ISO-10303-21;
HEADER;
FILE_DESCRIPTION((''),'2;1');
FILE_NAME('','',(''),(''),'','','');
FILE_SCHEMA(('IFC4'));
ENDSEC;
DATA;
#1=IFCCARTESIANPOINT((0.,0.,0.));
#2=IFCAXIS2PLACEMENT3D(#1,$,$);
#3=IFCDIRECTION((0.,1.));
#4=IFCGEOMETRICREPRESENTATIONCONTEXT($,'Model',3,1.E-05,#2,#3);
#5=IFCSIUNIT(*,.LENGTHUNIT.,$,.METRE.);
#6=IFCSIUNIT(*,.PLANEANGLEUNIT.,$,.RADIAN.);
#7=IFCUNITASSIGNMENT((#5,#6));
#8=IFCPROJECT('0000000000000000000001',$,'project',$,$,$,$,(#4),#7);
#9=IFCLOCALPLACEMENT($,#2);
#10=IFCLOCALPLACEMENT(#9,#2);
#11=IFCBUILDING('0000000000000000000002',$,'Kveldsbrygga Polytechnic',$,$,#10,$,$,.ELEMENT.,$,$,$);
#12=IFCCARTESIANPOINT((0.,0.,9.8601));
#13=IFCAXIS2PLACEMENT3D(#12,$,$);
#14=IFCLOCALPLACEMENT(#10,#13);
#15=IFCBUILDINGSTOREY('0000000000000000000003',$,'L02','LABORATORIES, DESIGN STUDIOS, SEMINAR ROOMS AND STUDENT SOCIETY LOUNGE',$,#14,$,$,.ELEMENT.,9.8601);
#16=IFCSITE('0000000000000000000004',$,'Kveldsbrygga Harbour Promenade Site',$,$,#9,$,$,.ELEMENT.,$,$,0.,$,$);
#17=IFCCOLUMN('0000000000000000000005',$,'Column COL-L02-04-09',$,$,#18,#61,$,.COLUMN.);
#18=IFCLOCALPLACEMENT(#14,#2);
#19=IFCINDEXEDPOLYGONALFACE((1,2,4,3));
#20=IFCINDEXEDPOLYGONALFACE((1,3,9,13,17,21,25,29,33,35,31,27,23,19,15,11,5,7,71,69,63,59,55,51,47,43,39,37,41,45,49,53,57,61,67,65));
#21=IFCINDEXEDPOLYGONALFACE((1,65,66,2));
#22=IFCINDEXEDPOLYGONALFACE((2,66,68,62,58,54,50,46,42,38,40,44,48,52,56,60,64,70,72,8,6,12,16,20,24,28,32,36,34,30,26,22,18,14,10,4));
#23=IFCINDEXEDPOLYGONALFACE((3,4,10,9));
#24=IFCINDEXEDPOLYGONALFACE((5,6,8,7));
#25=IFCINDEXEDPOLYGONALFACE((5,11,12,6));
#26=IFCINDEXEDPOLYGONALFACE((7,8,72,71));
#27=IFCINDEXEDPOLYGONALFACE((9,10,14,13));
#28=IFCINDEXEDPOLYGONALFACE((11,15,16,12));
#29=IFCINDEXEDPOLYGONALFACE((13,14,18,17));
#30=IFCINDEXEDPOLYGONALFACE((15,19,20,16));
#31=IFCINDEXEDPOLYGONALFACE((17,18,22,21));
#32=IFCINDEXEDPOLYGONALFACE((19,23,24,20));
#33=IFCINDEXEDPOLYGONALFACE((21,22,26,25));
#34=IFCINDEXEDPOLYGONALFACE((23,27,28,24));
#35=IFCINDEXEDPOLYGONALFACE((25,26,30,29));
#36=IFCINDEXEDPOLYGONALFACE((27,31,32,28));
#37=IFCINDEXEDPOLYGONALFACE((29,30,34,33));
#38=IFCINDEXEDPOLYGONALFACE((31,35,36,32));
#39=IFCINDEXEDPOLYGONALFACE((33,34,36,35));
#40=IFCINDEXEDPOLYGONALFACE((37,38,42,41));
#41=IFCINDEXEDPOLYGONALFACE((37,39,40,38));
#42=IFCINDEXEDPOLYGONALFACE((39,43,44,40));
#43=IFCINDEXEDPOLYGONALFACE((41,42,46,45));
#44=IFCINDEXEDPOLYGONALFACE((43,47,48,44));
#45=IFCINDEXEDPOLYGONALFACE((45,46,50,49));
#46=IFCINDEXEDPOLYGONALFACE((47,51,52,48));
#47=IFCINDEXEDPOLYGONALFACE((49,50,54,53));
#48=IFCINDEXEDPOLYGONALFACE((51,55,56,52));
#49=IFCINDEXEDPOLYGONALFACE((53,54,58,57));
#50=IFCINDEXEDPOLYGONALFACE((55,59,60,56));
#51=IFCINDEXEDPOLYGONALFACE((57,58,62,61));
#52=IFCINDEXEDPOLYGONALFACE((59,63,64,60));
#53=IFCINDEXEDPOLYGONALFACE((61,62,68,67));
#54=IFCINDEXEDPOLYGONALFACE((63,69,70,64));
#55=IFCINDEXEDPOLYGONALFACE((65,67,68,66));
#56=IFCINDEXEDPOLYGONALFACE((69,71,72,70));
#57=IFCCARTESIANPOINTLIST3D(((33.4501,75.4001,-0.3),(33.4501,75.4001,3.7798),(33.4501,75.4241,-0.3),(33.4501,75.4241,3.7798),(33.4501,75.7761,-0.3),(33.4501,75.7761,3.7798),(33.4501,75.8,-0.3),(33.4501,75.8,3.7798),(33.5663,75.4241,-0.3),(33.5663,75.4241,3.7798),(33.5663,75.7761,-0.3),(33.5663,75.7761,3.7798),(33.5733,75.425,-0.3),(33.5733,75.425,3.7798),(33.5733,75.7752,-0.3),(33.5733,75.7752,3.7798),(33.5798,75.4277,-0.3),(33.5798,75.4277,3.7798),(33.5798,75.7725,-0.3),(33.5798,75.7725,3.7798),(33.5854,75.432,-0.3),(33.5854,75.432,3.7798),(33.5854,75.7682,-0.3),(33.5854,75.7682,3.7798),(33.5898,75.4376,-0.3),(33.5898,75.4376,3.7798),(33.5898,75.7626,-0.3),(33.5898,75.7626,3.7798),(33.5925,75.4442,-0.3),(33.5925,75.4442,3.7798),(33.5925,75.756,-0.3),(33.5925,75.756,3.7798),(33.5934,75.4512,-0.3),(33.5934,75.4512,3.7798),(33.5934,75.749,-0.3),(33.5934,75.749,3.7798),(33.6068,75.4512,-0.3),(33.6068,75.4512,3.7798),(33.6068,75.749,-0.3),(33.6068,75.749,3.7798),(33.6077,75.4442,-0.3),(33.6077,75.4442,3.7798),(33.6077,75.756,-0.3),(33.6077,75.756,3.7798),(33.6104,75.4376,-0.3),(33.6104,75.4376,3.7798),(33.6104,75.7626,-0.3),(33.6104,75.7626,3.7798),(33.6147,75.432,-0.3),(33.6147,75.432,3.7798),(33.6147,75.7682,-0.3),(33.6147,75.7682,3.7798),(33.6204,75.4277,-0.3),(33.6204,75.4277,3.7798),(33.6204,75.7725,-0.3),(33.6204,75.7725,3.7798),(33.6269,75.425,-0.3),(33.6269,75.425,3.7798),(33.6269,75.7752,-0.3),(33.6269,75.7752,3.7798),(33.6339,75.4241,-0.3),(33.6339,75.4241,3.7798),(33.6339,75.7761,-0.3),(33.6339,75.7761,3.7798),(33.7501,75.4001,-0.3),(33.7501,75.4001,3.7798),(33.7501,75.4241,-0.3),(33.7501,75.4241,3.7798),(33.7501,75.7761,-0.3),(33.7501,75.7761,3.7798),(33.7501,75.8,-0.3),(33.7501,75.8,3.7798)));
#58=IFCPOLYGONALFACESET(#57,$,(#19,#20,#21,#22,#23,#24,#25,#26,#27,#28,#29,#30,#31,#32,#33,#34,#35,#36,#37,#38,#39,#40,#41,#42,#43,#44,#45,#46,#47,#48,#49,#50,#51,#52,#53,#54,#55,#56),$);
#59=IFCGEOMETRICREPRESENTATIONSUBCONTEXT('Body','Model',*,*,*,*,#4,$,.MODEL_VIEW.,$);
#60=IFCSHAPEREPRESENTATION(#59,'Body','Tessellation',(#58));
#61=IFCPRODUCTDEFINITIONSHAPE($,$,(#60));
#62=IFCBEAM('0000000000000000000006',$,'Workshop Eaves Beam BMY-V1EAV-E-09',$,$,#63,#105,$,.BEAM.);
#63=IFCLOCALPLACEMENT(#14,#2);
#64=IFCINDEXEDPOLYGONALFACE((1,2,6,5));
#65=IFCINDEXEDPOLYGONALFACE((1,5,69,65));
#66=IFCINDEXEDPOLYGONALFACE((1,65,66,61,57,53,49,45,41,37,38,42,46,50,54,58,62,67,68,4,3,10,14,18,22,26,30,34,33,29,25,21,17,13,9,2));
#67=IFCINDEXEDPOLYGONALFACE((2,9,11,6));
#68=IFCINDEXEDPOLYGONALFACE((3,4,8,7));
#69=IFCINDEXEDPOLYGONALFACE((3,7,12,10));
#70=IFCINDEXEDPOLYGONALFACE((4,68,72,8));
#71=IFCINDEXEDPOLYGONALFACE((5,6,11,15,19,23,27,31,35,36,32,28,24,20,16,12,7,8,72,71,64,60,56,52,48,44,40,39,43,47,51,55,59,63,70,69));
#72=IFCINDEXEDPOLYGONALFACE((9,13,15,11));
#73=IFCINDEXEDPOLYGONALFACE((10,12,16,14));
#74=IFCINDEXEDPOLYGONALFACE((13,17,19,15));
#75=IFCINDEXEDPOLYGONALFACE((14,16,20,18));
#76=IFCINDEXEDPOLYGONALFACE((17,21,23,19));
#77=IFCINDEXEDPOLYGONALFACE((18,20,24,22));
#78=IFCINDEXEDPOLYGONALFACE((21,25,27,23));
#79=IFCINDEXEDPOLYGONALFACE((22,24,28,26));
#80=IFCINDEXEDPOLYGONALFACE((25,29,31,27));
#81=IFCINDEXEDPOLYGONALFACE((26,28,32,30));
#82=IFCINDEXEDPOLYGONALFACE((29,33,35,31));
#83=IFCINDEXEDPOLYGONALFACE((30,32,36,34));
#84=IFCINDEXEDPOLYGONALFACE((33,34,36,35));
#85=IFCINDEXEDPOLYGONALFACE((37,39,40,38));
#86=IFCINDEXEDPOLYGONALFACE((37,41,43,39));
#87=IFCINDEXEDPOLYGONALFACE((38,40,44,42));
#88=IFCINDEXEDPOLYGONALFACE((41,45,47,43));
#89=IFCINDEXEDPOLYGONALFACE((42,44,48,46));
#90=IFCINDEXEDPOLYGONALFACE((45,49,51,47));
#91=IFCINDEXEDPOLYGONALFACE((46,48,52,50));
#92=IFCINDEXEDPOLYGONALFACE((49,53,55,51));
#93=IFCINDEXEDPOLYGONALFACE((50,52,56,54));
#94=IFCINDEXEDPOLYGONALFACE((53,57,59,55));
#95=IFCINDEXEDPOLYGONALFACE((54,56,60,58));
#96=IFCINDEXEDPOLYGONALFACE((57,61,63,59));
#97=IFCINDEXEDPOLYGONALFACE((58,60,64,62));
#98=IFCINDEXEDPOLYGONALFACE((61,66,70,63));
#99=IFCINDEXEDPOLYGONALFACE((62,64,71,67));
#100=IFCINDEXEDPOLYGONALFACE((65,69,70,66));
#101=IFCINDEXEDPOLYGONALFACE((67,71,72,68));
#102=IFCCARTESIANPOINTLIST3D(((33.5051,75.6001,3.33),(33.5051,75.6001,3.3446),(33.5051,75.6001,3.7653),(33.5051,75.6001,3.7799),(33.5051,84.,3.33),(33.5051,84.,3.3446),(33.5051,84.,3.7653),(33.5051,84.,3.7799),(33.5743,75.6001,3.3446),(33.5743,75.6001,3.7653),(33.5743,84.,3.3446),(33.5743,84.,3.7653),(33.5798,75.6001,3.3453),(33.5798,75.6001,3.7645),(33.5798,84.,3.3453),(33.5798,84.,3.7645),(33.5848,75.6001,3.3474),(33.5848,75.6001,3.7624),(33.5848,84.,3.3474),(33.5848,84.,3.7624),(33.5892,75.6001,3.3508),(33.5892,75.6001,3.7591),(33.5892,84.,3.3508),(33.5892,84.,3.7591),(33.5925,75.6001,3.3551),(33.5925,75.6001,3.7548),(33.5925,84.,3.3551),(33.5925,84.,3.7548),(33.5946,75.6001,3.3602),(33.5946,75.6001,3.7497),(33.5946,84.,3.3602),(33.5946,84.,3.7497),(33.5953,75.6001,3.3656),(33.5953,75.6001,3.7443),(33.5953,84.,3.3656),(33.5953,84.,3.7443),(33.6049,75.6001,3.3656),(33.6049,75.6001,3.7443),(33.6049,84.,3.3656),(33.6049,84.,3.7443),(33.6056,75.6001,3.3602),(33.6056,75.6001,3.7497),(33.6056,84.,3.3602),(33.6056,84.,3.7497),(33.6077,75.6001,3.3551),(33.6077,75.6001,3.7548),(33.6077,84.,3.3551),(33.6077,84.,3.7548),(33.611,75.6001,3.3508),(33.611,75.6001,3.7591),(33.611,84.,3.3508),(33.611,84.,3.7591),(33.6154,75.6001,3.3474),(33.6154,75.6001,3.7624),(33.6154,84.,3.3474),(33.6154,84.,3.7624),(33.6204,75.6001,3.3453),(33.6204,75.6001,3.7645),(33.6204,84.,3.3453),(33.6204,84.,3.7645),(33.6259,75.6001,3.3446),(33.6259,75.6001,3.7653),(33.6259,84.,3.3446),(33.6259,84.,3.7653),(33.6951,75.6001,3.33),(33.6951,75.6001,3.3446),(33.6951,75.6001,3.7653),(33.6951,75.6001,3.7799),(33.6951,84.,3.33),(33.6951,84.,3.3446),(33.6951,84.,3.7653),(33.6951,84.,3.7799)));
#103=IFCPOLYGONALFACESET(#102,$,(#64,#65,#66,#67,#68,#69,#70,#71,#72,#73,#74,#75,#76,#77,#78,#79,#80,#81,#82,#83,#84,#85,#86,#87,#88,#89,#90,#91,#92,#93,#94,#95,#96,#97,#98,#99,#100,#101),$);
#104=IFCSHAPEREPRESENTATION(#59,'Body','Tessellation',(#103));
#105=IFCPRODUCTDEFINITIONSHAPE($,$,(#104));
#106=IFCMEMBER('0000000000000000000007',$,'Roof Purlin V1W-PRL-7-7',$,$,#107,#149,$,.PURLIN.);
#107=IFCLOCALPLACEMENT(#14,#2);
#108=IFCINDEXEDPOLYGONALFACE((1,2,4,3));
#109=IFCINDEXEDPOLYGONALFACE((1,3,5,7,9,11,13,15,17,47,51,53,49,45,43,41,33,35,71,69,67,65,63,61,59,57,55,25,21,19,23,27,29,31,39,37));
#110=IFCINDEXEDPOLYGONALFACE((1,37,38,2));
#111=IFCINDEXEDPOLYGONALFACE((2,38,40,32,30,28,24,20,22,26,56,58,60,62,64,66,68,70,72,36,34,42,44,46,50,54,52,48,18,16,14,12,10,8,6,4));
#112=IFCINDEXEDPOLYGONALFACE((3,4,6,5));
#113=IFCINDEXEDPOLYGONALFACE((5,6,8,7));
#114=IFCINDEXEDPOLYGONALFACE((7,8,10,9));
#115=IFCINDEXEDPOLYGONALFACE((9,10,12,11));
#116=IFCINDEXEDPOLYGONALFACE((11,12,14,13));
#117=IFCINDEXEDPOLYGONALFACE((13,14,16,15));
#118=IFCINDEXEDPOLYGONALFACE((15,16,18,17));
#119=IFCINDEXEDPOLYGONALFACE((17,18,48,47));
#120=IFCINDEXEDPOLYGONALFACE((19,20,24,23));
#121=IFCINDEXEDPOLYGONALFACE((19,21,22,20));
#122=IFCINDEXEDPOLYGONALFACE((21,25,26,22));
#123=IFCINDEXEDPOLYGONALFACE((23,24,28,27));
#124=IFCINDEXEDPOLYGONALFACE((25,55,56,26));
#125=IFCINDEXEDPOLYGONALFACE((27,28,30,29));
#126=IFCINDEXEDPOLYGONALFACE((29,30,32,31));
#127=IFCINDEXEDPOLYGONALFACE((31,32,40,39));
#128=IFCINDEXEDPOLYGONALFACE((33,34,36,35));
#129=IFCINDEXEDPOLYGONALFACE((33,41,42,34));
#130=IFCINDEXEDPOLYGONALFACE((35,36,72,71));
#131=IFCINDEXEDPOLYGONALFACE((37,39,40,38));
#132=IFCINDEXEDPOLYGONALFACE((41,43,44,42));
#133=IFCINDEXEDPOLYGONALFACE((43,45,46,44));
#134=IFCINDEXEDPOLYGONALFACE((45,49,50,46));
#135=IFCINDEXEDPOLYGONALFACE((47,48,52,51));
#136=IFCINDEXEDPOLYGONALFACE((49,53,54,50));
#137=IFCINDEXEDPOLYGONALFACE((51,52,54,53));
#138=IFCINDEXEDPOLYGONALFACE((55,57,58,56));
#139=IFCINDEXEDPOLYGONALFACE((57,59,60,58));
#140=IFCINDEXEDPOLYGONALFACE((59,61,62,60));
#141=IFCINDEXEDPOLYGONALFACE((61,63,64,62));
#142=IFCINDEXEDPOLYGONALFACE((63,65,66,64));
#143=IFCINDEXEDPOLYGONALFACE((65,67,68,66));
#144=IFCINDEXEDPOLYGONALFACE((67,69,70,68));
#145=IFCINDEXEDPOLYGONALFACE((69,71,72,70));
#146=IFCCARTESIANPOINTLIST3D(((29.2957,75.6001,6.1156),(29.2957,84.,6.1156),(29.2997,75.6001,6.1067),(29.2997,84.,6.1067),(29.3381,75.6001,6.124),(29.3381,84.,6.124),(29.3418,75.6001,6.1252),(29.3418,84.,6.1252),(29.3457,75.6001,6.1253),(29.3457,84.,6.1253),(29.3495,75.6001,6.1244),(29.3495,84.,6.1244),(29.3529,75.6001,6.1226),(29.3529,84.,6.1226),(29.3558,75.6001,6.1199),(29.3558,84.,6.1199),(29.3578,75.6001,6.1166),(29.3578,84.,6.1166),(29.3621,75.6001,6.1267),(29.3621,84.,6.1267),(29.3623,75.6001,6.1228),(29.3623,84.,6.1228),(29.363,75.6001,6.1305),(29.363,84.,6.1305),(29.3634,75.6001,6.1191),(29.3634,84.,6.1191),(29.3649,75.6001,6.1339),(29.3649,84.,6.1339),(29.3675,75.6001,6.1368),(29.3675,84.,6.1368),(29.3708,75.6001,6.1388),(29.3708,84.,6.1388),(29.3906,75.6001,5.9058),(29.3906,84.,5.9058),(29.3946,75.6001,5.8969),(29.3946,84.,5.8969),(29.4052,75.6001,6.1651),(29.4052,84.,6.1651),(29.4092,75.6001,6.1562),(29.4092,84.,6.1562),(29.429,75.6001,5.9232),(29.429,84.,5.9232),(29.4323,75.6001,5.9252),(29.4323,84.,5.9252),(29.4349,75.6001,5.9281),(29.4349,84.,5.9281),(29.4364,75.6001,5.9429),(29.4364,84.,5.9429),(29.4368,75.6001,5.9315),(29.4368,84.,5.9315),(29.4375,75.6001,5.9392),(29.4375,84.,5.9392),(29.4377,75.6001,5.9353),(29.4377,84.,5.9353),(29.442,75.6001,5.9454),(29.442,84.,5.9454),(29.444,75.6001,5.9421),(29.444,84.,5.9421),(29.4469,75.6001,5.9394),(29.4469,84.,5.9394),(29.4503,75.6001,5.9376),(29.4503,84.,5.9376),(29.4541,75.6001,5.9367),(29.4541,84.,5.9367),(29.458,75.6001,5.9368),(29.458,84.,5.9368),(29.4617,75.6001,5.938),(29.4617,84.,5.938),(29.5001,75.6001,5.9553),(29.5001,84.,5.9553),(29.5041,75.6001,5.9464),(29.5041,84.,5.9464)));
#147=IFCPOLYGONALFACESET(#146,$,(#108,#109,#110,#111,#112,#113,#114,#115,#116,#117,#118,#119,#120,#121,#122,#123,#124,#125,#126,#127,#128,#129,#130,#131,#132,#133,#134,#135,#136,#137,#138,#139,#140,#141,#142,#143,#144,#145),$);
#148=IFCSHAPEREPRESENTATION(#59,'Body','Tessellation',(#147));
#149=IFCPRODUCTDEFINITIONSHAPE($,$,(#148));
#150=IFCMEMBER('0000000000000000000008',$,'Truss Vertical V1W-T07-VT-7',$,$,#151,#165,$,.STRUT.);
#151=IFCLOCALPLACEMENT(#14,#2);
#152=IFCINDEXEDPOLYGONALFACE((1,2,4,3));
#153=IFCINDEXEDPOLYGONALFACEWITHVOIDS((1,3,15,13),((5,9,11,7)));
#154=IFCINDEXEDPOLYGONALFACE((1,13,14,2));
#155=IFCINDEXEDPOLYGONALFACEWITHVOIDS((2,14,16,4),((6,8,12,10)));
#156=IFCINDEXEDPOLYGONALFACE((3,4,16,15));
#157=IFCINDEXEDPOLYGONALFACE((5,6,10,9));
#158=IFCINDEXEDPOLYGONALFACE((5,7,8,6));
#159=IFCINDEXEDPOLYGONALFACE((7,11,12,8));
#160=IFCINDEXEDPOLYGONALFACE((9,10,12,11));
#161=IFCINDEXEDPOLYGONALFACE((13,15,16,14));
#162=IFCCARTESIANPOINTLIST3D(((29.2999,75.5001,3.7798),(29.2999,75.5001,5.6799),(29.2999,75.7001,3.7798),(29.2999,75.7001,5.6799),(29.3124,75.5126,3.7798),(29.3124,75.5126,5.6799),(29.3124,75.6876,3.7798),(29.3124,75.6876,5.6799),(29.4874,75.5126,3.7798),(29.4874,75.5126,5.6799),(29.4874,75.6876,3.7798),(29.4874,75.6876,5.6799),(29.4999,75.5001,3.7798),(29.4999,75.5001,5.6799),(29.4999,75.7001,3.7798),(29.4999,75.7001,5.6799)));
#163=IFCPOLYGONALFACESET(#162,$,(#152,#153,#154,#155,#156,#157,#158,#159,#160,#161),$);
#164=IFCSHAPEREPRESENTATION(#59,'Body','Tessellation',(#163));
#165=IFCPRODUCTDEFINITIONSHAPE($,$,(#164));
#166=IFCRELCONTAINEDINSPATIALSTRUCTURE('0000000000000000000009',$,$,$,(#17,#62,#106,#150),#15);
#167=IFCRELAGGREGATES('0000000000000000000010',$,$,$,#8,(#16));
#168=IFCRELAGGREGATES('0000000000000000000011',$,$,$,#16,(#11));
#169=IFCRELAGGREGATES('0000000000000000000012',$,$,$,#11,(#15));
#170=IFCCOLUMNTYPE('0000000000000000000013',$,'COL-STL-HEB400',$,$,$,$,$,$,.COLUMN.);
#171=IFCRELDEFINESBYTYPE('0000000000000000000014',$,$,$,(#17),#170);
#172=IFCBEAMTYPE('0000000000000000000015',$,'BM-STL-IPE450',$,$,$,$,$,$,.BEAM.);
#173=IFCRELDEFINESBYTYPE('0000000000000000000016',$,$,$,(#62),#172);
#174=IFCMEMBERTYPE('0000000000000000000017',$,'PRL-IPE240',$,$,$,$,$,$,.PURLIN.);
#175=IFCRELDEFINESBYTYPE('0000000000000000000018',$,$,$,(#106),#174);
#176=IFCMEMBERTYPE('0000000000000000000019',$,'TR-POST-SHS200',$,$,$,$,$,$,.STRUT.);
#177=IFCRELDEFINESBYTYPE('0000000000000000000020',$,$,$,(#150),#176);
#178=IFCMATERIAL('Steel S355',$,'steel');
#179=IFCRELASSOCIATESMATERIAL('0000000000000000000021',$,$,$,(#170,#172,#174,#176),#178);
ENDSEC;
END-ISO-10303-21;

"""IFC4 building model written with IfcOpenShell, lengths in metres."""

from ifc_helpers import new_model, si_unit, direction, frame, origin, origin_2d, place, context, subcontext, project, spatial, hollow_rectangle, i_section, extrude, material, material_profile, profile_set, type_object, element, save


model = new_model("IFC4")

# Units and contexts
model_context = context("Model", 3, precision=1e-05, world=origin(), true_north=direction((0.0, 1.0)))
body_context = subcontext(model_context, "Body", "Model", "MODEL_VIEW")
ifc_project = project(units=[si_unit("LENGTHUNIT", "METRE"), si_unit("PLANEANGLEUNIT", "RADIAN")], contexts=[model_context])

# Site, building, storey
site_placement = place(None, origin())
site = spatial("IfcSite", under=ifc_project, at=site_placement, Name="Kveldsbrygga Harbour Promenade Site", CompositionType="ELEMENT", RefElevation=0.0)
building_placement = place(site_placement, origin())
building = spatial("IfcBuilding", under=site, at=building_placement, Name="Kveldsbrygga Polytechnic", CompositionType="ELEMENT")
storey_placement = place(building_placement, frame((0.0, 0.0, 9.8601)))
storey = spatial("IfcBuildingStorey", under=building, at=storey_placement, Name="L02", Description="LABORATORIES, DESIGN STUDIOS, SEMINAR ROOMS AND STUDENT SOCIETY LOUNGE", CompositionType="ELEMENT", Elevation=9.8601)

# Column
ifc_material_1 = material(Name="Steel S355", Category="steel")
ifc_material_profile_1 = material_profile(ifc_material_1, i_section(OverallWidth=0.3, OverallDepth=0.3999, WebThickness=0.0134, FlangeThickness=0.0239, FilletRadius=0.0271, at=origin_2d()), Name="HEB 400")
ifc_profile_set_1 = profile_set([ifc_material_profile_1], Name="Steel S355")
column_type = type_object("IfcColumnType", Name="COL-STL-HEB400", PredefinedType="COLUMN", material=ifc_profile_set_1)
column_placement = place(storey_placement, frame((33.6001, 75.6001, -0.3), z_axis=(0.0, 0.0, 1.0), x_axis=(1.0, 0.0, 0.0)))
element("IfcColumn", 1, at=column_placement, inside=storey, type_object=column_type, Name="Column COL-L02-04-09", PredefinedType="COLUMN", context=body_context, shape_type="SweptSolid", body=[
    extrude(i_section(OverallWidth=0.3, OverallDepth=0.3999, WebThickness=0.0134, FlangeThickness=0.0239, FilletRadius=0.0271, at=origin_2d()), origin(), (0.0, 0.0, 1.0), 4.0798),
])

# Beam
ifc_material_profile_2 = material_profile(ifc_material_1, i_section(OverallWidth=0.1899, OverallDepth=0.45, WebThickness=0.0095, FlangeThickness=0.0146, FilletRadius=0.021, at=origin_2d()), Name="IPE 450")
ifc_profile_set_2 = profile_set([ifc_material_profile_2], Name="Steel S355")
beam_type = type_object("IfcBeamType", Name="BM-STL-IPE450", PredefinedType="BEAM", material=ifc_profile_set_2)
beam_placement = place(storey_placement, frame((33.6001, 75.6001, 3.5549), z_axis=(0.0, 1.0, 0.0), x_axis=(-1.0, 0.0, 0.0)))
element("IfcBeam", 2, at=beam_placement, inside=storey, type_object=beam_type, Name="Workshop Eaves Beam BMY-V1EAV-E-09", PredefinedType="BEAM", context=body_context, shape_type="SweptSolid", body=[
    extrude(i_section(OverallWidth=0.1899, OverallDepth=0.45, WebThickness=0.0095, FlangeThickness=0.0146, FilletRadius=0.021, at=origin_2d()), origin(), (0.0, 0.0, 1.0), 8.3999),
])

# Members
ifc_material_profile_3 = material_profile(ifc_material_1, i_section(OverallWidth=0.1201, OverallDepth=0.24, WebThickness=0.0061, FlangeThickness=0.0098, FilletRadius=0.0149, at=origin_2d()), Name="IPE 240")
ifc_profile_set_3 = profile_set([ifc_material_profile_3], Name="Steel S355")
member_type_1 = type_object("IfcMemberType", Name="PRL-IPE240", PredefinedType="PURLIN", material=ifc_profile_set_3)
member_1_placement = place(storey_placement, frame((29.3999, 75.6001, 6.031), z_axis=(0.0, 1.0, 0.0), x_axis=(-0.911108, 0.0, -0.412168)))
element("IfcMember", 3, at=member_1_placement, inside=storey, type_object=member_type_1, Name="Roof Purlin V1W-PRL-7-7", PredefinedType="PURLIN", context=body_context, shape_type="SweptSolid", body=[
    extrude(i_section(OverallWidth=0.1201, OverallDepth=0.24, WebThickness=0.0061, FlangeThickness=0.0098, FilletRadius=0.0149, at=origin_2d()), origin(), (0.0, 0.0, 1.0), 8.3999),
])
ifc_material_profile_4 = material_profile(ifc_material_1, hollow_rectangle(XDim=0.2, YDim=0.2, WallThickness=0.0125, at=origin_2d()), Name="SHS 200x200x12.5")
ifc_profile_set_4 = profile_set([ifc_material_profile_4], Name="Steel S355")
member_type_2 = type_object("IfcMemberType", Name="TR-POST-SHS200", PredefinedType="STRUT", material=ifc_profile_set_4)
member_2_placement = place(storey_placement, frame((29.3999, 75.6001, 3.7798), z_axis=(0.0, 0.0, 1.0), x_axis=(1.0, 0.0, 0.0)))
element("IfcMember", 4, at=member_2_placement, inside=storey, type_object=member_type_2, Name="Truss Vertical V1W-T07-VT-7", PredefinedType="STRUT", context=body_context, shape_type="SweptSolid", body=[
    extrude(hollow_rectangle(XDim=0.2, YDim=0.2, WallThickness=0.0125, at=origin_2d()), origin(), (0.0, 0.0, 1.0), 1.9001),
])

save(model, "model.ifc")
